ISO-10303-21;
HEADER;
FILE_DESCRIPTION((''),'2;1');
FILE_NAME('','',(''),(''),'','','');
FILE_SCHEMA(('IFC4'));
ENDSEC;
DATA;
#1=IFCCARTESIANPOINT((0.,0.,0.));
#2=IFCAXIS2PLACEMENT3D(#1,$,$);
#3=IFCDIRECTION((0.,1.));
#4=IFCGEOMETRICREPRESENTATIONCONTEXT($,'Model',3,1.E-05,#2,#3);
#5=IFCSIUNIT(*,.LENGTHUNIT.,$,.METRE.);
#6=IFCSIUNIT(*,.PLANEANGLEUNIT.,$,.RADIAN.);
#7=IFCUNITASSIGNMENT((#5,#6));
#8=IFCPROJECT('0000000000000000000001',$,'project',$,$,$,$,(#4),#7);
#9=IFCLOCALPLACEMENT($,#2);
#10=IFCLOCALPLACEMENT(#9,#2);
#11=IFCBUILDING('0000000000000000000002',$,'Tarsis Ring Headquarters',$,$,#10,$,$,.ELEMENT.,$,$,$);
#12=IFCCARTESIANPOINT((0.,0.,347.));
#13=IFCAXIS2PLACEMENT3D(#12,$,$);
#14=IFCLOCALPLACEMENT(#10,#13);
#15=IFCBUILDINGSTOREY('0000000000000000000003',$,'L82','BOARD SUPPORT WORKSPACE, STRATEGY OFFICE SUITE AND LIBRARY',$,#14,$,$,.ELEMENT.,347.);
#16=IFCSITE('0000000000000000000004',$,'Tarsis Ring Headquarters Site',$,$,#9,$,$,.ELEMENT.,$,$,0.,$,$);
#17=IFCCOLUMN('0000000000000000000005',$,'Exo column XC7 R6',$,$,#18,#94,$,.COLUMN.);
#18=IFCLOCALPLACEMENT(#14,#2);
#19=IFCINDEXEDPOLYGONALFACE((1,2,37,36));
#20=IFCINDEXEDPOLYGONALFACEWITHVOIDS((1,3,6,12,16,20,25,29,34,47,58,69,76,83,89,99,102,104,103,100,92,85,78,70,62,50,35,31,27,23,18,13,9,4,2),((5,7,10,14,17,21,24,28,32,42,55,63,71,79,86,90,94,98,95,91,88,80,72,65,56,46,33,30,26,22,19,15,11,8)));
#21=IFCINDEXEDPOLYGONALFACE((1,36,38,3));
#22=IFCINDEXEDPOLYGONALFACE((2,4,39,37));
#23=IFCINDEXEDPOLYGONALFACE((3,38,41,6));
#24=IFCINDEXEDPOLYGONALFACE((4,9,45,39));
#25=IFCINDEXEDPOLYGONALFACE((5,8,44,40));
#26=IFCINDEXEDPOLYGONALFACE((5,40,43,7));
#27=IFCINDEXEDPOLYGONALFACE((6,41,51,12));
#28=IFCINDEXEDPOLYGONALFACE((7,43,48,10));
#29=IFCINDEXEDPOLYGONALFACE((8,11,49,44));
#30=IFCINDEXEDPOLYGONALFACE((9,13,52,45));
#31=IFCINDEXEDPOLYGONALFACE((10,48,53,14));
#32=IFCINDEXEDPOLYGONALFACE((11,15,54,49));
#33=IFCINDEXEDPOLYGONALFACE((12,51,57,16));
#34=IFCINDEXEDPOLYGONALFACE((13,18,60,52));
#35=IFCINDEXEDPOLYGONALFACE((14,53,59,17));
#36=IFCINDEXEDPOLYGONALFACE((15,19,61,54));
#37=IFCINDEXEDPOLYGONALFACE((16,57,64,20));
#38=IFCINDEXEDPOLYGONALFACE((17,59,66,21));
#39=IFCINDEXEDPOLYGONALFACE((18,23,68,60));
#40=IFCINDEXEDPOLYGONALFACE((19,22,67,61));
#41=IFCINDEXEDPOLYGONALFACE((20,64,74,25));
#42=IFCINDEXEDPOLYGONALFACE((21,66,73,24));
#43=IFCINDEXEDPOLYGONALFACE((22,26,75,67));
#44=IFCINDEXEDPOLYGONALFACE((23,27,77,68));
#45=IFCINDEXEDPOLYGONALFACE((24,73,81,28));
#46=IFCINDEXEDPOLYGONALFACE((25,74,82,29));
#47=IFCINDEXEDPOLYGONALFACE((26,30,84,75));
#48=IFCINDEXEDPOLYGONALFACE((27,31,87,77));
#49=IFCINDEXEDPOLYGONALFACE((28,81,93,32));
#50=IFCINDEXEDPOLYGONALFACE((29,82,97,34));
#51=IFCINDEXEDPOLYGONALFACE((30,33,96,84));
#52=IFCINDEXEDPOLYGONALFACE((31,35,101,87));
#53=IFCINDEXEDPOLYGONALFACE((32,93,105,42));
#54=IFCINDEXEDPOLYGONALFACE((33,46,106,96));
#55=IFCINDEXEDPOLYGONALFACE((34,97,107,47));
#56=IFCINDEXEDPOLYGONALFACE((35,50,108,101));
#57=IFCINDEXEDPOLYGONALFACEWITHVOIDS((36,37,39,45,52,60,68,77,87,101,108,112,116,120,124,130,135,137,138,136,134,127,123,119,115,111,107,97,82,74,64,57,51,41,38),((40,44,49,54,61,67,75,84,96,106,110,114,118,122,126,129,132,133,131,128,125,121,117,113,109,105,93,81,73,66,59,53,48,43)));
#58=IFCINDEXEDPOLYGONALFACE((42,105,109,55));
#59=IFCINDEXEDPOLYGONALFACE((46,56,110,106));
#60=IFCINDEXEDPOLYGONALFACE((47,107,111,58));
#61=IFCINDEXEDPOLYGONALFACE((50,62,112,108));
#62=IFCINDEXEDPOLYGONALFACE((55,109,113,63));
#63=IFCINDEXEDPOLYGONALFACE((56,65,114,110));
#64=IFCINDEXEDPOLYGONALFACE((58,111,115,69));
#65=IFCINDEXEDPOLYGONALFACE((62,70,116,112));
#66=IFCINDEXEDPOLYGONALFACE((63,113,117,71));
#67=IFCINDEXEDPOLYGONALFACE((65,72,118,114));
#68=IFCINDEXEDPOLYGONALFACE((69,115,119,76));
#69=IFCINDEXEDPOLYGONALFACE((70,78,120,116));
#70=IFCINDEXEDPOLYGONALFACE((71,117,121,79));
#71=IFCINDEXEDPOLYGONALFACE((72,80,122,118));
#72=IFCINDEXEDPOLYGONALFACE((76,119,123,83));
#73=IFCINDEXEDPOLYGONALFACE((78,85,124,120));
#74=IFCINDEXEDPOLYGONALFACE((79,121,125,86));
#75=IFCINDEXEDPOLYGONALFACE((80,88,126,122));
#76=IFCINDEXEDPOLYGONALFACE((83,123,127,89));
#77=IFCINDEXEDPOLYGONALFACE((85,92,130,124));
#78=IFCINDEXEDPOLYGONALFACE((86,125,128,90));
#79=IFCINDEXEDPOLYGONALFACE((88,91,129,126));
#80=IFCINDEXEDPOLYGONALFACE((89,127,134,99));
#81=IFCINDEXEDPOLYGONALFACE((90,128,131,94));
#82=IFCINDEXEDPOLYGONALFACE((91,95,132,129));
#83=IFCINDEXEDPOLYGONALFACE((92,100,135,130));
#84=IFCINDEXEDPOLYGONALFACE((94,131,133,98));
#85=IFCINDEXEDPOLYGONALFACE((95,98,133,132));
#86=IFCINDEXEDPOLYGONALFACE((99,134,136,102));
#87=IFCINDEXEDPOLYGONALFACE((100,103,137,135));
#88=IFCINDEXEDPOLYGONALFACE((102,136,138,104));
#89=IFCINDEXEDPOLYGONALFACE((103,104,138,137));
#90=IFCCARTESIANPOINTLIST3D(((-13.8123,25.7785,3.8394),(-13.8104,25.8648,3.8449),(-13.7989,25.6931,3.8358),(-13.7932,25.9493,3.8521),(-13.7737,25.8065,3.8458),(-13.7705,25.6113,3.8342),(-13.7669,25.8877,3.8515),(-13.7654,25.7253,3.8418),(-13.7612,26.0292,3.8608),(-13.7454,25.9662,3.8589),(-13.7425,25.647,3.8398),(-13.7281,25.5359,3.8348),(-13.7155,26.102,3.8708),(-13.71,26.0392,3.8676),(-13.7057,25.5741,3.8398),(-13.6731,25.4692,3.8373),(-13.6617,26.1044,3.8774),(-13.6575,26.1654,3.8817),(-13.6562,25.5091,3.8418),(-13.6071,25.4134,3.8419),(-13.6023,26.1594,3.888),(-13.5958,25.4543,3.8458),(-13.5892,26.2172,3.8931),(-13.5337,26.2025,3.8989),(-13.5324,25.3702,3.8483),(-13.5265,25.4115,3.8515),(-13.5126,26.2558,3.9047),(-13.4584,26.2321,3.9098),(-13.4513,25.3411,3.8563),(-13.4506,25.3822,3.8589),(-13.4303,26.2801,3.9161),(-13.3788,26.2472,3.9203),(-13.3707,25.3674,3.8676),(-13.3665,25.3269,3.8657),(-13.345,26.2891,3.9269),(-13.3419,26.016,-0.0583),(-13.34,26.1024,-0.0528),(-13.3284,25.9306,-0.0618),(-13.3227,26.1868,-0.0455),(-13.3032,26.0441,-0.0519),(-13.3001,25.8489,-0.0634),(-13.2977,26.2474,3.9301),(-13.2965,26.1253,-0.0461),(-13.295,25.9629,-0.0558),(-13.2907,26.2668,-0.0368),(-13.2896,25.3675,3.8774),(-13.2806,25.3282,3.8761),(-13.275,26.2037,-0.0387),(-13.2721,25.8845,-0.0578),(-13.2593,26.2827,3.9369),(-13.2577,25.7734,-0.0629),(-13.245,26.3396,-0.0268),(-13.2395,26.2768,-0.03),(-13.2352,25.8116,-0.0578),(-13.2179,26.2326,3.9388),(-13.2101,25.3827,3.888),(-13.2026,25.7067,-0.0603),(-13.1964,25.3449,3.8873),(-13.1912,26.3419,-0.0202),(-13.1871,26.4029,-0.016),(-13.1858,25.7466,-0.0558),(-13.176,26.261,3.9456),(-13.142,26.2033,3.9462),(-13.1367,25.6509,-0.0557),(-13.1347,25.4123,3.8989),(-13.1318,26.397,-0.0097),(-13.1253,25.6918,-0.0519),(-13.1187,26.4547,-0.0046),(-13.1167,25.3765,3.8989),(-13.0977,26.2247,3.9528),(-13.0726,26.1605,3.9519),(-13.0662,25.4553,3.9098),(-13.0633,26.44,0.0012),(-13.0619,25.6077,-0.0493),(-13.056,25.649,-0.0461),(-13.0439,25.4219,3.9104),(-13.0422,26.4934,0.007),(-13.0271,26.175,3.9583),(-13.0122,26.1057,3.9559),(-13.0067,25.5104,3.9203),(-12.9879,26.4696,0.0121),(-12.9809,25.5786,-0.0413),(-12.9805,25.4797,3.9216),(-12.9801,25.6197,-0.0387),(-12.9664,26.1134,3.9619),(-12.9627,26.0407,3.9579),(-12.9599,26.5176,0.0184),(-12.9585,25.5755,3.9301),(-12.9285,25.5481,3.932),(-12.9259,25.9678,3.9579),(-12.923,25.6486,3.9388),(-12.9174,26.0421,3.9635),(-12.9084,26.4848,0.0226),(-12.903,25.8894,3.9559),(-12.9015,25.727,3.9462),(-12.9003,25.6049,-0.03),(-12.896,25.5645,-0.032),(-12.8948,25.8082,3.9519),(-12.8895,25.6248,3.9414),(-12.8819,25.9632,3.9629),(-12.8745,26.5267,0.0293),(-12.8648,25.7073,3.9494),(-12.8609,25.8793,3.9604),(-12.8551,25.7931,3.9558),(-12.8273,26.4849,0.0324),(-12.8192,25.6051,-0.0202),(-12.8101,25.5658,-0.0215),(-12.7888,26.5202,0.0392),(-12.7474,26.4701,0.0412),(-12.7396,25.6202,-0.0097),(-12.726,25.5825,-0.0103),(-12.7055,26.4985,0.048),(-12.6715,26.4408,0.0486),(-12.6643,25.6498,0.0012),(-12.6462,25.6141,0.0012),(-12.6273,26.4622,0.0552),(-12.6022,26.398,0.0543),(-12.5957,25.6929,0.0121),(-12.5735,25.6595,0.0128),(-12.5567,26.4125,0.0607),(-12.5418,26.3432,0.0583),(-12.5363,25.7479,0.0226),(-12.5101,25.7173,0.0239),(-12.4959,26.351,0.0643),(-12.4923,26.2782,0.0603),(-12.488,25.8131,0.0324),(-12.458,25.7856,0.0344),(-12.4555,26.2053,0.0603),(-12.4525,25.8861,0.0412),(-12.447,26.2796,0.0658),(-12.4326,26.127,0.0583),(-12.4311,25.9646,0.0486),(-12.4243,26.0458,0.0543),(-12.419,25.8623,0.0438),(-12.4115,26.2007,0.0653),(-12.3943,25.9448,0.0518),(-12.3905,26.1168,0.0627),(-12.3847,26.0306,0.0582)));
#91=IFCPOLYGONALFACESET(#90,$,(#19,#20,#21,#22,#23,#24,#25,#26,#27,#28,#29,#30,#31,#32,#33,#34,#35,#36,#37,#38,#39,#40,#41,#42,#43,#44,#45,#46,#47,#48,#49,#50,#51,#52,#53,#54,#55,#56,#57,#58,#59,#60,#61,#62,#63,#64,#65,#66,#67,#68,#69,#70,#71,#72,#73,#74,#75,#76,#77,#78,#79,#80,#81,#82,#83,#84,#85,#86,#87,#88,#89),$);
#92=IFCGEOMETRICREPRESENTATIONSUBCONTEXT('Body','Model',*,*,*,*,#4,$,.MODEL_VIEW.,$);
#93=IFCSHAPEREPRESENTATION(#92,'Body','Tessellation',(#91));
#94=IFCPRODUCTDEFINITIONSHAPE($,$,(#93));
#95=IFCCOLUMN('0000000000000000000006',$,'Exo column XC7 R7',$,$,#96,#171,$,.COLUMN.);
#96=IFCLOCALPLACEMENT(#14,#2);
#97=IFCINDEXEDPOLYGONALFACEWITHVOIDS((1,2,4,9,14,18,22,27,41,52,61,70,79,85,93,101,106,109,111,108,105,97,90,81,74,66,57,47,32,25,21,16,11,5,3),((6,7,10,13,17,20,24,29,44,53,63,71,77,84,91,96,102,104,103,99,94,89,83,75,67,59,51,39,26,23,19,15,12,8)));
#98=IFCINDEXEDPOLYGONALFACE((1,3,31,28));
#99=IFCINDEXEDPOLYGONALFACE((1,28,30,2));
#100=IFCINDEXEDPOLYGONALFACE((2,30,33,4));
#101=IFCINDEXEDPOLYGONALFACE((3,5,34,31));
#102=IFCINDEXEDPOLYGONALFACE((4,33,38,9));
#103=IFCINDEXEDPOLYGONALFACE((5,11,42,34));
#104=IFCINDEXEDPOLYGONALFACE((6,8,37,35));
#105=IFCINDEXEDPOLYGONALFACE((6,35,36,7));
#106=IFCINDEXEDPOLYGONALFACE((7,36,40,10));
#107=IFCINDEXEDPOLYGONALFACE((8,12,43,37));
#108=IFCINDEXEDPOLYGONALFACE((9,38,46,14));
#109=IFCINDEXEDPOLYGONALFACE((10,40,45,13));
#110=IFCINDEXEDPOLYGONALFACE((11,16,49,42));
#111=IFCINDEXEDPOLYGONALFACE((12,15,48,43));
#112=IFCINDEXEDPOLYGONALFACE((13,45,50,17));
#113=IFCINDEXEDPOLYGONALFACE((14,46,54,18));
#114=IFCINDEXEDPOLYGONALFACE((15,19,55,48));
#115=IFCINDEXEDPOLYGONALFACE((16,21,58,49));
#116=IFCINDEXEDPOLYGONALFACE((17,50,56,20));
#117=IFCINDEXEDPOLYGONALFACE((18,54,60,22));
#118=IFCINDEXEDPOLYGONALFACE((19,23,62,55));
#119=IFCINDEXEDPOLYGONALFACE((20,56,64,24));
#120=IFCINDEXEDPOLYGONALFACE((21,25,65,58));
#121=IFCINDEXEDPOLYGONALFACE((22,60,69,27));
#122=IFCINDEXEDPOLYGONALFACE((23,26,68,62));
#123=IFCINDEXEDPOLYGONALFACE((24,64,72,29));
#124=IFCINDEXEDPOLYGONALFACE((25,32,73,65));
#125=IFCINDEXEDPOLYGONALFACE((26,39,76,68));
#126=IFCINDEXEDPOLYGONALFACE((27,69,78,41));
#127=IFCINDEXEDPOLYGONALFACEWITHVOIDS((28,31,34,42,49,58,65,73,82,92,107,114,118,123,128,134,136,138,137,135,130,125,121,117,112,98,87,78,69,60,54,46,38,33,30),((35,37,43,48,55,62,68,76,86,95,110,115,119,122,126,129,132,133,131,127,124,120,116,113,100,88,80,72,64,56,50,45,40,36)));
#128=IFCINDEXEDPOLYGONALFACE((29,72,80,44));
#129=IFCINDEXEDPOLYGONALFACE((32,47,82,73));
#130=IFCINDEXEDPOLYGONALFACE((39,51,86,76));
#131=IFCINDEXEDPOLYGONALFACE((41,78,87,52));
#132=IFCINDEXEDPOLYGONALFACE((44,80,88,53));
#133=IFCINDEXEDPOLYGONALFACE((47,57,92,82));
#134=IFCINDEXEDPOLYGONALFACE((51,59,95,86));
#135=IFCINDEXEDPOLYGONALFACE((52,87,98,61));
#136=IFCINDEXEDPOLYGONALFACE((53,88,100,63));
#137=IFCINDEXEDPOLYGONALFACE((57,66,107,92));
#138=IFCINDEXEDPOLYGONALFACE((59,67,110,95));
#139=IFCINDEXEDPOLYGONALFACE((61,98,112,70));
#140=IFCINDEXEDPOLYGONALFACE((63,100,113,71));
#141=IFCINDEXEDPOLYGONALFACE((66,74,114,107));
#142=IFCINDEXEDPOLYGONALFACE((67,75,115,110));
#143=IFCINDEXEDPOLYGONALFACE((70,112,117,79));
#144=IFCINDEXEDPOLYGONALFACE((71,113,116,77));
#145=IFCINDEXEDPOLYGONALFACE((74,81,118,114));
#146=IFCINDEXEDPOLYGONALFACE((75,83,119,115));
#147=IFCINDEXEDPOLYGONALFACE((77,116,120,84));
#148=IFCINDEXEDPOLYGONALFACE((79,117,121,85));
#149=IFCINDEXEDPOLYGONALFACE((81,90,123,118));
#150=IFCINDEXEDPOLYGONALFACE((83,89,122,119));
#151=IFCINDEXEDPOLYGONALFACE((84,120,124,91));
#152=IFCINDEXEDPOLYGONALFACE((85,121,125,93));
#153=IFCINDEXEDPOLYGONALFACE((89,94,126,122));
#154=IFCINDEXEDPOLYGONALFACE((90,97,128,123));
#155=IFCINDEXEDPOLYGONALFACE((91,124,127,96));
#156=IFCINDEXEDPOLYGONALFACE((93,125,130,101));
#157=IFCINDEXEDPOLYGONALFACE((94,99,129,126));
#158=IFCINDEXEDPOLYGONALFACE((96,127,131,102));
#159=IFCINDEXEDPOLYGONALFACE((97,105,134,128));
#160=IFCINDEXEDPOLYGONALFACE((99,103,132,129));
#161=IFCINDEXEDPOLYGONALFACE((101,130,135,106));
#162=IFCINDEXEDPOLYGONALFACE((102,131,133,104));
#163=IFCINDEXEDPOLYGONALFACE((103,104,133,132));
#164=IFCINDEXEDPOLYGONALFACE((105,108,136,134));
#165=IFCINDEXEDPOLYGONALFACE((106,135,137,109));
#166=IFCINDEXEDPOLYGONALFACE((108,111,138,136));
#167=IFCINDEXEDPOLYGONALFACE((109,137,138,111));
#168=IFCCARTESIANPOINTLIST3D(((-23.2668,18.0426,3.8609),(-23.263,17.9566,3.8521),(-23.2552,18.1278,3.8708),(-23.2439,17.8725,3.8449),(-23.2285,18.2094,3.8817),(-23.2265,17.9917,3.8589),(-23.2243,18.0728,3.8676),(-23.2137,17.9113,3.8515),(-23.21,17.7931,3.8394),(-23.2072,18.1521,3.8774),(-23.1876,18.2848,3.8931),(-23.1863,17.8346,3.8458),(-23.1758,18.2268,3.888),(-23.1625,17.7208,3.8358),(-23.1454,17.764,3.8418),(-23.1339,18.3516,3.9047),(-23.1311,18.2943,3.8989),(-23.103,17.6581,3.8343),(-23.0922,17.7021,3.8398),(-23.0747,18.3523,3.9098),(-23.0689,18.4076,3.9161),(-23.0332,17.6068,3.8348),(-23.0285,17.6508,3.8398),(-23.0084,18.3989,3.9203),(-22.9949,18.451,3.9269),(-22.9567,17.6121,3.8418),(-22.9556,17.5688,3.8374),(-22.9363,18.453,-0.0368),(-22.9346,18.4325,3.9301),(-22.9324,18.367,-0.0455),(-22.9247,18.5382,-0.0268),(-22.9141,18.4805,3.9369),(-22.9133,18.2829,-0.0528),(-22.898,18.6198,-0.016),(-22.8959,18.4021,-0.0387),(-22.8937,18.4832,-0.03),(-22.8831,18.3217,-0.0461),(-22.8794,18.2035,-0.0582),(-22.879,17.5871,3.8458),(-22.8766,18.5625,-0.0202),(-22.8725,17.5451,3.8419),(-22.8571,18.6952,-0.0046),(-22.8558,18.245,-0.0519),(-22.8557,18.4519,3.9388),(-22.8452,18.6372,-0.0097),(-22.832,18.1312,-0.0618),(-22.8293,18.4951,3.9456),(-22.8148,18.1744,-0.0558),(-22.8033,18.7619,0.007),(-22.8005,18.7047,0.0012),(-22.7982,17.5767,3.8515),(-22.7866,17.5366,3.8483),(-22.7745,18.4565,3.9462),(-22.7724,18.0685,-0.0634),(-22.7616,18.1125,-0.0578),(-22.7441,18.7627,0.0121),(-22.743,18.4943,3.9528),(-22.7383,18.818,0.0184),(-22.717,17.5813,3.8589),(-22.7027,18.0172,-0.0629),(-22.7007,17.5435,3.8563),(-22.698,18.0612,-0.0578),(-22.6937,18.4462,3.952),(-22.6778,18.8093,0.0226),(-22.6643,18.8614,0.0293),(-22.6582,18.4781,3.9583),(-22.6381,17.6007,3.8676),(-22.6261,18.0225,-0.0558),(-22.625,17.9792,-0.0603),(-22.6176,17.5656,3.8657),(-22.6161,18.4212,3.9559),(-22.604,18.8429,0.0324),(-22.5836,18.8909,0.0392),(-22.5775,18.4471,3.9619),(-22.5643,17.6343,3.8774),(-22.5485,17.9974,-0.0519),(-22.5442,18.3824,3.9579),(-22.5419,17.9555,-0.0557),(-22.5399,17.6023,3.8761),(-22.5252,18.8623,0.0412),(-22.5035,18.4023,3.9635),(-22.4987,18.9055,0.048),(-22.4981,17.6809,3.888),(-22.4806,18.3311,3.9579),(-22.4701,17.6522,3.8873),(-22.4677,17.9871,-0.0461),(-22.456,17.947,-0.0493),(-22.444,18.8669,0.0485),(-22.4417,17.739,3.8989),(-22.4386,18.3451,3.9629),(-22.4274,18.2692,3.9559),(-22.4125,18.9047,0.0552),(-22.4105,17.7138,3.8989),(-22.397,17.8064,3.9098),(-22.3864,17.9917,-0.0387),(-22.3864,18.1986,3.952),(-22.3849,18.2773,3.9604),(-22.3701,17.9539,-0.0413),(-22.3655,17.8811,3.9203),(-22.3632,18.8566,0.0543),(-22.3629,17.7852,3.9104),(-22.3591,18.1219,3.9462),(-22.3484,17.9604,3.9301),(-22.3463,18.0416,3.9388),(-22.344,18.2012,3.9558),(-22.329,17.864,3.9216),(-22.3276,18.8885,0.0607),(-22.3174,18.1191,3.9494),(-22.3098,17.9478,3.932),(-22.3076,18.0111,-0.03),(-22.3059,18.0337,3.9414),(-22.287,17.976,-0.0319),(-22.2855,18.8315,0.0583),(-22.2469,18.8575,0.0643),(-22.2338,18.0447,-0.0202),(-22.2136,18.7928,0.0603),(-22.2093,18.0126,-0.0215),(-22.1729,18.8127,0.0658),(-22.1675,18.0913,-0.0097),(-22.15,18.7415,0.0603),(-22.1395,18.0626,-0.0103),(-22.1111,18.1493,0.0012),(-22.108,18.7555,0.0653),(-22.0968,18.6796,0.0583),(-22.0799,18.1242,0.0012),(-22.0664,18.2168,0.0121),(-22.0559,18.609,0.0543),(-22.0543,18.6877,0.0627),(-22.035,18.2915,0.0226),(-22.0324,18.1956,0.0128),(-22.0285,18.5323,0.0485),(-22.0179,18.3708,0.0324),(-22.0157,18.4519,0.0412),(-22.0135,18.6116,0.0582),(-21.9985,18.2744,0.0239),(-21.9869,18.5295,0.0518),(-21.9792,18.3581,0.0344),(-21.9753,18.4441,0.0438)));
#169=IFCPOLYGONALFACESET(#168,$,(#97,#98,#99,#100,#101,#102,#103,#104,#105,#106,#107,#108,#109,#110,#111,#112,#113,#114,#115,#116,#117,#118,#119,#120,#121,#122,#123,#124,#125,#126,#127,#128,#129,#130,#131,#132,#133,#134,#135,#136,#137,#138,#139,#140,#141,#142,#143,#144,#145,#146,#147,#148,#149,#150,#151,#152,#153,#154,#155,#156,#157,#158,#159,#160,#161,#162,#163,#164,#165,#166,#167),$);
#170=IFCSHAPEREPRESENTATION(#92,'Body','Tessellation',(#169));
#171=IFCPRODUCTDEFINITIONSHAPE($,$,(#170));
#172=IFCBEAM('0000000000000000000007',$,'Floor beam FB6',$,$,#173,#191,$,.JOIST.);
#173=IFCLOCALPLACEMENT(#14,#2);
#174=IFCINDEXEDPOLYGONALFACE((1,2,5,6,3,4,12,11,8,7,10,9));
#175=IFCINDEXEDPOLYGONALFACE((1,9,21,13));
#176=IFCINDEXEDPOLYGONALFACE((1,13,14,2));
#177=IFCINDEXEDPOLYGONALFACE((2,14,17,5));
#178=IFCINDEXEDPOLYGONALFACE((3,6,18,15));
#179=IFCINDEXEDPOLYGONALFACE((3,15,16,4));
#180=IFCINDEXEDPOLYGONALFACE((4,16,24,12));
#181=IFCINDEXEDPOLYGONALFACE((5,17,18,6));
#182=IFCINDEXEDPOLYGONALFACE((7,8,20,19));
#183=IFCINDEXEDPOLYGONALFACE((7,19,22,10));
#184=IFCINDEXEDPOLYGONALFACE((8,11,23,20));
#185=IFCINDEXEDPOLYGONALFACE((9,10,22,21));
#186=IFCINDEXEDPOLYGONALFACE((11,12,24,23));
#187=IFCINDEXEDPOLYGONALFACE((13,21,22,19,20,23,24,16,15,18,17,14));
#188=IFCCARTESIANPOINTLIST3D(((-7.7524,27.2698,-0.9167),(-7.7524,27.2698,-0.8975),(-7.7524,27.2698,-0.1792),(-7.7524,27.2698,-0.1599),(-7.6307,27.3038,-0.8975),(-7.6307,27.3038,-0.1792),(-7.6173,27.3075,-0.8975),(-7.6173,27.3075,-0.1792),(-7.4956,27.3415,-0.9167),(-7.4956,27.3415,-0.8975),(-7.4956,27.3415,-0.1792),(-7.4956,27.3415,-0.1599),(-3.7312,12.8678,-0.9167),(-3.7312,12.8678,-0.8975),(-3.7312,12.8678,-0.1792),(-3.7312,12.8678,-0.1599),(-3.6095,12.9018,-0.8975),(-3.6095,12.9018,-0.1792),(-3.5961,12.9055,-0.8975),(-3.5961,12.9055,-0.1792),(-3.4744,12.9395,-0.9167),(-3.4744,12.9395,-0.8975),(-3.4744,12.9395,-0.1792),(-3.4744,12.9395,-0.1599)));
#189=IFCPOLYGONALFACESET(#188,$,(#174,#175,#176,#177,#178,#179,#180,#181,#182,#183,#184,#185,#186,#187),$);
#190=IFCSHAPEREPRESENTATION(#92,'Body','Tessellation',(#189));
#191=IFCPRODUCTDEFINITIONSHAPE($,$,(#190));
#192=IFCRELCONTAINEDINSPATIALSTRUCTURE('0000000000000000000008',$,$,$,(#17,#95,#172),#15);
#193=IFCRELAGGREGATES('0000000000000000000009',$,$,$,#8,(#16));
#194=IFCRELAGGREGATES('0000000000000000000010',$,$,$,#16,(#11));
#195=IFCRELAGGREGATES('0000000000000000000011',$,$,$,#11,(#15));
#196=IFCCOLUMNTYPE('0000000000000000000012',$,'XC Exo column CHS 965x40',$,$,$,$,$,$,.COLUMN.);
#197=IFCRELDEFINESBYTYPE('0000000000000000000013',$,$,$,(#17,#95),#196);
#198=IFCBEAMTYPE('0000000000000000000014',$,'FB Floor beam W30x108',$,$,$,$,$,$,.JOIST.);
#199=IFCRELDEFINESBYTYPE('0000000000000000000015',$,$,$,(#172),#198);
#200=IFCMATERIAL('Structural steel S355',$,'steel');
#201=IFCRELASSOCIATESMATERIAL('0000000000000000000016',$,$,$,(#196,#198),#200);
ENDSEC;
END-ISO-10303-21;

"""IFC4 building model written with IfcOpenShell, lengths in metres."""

from ifc_helpers import new_model, si_unit, direction, frame, origin, origin_2d, place, context, subcontext, project, spatial, hollow_circle, i_section, extrude, material, material_profile, profile_set, type_object, element, save


model = new_model("IFC4")

# Units and contexts
model_context = context("Model", 3, precision=1e-05, world=origin(), true_north=direction((0.0, 1.0)))
body_context = subcontext(model_context, "Body", "Model", "MODEL_VIEW")
ifc_project = project(units=[si_unit("LENGTHUNIT", "METRE"), si_unit("PLANEANGLEUNIT", "RADIAN")], contexts=[model_context])

# Site, building, storey
site_placement = place(None, origin())
site = spatial("IfcSite", under=ifc_project, at=site_placement, Name="Tarsis Ring Headquarters Site", CompositionType="ELEMENT", RefElevation=0.0)
building_placement = place(site_placement, origin())
building = spatial("IfcBuilding", under=site, at=building_placement, Name="Tarsis Ring Headquarters", CompositionType="ELEMENT")
storey_placement = place(building_placement, frame((0.0, 0.0, 347.0)))
storey = spatial("IfcBuildingStorey", under=building, at=storey_placement, Name="L82", Description="BOARD SUPPORT WORKSPACE, STRATEGY OFFICE SUITE AND LIBRARY", CompositionType="ELEMENT", Elevation=347.0)

# Columns
ifc_material_1 = material(Name="Structural steel S355", Category="steel")
ifc_material_profile_1 = material_profile(ifc_material_1, hollow_circle(Radius=0.4827, WallThickness=0.04, at=origin_2d()), Name="CHS 965x40")
ifc_profile_set_1 = profile_set([ifc_material_profile_1], Name="Structural steel S355")
column_type = type_object("IfcColumnType", Name="XC Exo column CHS 965x40", PredefinedType="COLUMN", material=ifc_profile_set_1)
for number, where, z_axis, x_axis, name in (
    (1, (-12.8638, 26.0449, 0.0012), (-0.119613, -0.060396, 0.990982), (0.450731, -0.89266, 0.0), "Exo column XC7 R6"),
    (2, (-22.4558, 18.427, 0.0012), (-0.084046, -0.104343, 0.990984), (0.778785, -0.627291, 0.0), "Exo column XC7 R7"),
):
    element("IfcColumn", number, at=place(storey_placement, frame(where, z_axis=z_axis, x_axis=x_axis)), inside=storey, type_object=column_type, Name=name, PredefinedType="COLUMN", context=body_context, shape_type="SweptSolid", body=[
        extrude(hollow_circle(Radius=0.4827, WallThickness=0.04, at=origin_2d()), origin(), (0.0, 0.0, 1.0), 3.9331),
    ])

# Beam
ifc_material_profile_2 = material_profile(ifc_material_1, i_section(OverallWidth=0.2666, OverallDepth=0.7568, WebThickness=0.0139, FlangeThickness=0.0193, at=origin_2d()), Name="W30x108")
ifc_profile_set_2 = profile_set([ifc_material_profile_2], Name="Structural steel S355")
beam_type_1 = type_object("IfcBeamType", Name="FB Floor beam W30x108", PredefinedType="JOIST", material=ifc_profile_set_2)
beam_1_placement = place(storey_placement, frame((-7.624, 27.3057, -0.5383), z_axis=(0.268926, -0.963161, 0.0), x_axis=(0.963161, 0.268926, 0.0)))
element("IfcBeam", 3, at=beam_1_placement, inside=storey, type_object=beam_type_1, Name="Floor beam FB6", PredefinedType="JOIST", context=body_context, shape_type="SweptSolid", body=[
    extrude(i_section(OverallWidth=0.2666, OverallDepth=0.7568, WebThickness=0.0139, FlangeThickness=0.0193, at=origin_2d()), origin(), (0.0, 0.0, 1.0), 14.9529),
])

save(model, "model.ifc")
